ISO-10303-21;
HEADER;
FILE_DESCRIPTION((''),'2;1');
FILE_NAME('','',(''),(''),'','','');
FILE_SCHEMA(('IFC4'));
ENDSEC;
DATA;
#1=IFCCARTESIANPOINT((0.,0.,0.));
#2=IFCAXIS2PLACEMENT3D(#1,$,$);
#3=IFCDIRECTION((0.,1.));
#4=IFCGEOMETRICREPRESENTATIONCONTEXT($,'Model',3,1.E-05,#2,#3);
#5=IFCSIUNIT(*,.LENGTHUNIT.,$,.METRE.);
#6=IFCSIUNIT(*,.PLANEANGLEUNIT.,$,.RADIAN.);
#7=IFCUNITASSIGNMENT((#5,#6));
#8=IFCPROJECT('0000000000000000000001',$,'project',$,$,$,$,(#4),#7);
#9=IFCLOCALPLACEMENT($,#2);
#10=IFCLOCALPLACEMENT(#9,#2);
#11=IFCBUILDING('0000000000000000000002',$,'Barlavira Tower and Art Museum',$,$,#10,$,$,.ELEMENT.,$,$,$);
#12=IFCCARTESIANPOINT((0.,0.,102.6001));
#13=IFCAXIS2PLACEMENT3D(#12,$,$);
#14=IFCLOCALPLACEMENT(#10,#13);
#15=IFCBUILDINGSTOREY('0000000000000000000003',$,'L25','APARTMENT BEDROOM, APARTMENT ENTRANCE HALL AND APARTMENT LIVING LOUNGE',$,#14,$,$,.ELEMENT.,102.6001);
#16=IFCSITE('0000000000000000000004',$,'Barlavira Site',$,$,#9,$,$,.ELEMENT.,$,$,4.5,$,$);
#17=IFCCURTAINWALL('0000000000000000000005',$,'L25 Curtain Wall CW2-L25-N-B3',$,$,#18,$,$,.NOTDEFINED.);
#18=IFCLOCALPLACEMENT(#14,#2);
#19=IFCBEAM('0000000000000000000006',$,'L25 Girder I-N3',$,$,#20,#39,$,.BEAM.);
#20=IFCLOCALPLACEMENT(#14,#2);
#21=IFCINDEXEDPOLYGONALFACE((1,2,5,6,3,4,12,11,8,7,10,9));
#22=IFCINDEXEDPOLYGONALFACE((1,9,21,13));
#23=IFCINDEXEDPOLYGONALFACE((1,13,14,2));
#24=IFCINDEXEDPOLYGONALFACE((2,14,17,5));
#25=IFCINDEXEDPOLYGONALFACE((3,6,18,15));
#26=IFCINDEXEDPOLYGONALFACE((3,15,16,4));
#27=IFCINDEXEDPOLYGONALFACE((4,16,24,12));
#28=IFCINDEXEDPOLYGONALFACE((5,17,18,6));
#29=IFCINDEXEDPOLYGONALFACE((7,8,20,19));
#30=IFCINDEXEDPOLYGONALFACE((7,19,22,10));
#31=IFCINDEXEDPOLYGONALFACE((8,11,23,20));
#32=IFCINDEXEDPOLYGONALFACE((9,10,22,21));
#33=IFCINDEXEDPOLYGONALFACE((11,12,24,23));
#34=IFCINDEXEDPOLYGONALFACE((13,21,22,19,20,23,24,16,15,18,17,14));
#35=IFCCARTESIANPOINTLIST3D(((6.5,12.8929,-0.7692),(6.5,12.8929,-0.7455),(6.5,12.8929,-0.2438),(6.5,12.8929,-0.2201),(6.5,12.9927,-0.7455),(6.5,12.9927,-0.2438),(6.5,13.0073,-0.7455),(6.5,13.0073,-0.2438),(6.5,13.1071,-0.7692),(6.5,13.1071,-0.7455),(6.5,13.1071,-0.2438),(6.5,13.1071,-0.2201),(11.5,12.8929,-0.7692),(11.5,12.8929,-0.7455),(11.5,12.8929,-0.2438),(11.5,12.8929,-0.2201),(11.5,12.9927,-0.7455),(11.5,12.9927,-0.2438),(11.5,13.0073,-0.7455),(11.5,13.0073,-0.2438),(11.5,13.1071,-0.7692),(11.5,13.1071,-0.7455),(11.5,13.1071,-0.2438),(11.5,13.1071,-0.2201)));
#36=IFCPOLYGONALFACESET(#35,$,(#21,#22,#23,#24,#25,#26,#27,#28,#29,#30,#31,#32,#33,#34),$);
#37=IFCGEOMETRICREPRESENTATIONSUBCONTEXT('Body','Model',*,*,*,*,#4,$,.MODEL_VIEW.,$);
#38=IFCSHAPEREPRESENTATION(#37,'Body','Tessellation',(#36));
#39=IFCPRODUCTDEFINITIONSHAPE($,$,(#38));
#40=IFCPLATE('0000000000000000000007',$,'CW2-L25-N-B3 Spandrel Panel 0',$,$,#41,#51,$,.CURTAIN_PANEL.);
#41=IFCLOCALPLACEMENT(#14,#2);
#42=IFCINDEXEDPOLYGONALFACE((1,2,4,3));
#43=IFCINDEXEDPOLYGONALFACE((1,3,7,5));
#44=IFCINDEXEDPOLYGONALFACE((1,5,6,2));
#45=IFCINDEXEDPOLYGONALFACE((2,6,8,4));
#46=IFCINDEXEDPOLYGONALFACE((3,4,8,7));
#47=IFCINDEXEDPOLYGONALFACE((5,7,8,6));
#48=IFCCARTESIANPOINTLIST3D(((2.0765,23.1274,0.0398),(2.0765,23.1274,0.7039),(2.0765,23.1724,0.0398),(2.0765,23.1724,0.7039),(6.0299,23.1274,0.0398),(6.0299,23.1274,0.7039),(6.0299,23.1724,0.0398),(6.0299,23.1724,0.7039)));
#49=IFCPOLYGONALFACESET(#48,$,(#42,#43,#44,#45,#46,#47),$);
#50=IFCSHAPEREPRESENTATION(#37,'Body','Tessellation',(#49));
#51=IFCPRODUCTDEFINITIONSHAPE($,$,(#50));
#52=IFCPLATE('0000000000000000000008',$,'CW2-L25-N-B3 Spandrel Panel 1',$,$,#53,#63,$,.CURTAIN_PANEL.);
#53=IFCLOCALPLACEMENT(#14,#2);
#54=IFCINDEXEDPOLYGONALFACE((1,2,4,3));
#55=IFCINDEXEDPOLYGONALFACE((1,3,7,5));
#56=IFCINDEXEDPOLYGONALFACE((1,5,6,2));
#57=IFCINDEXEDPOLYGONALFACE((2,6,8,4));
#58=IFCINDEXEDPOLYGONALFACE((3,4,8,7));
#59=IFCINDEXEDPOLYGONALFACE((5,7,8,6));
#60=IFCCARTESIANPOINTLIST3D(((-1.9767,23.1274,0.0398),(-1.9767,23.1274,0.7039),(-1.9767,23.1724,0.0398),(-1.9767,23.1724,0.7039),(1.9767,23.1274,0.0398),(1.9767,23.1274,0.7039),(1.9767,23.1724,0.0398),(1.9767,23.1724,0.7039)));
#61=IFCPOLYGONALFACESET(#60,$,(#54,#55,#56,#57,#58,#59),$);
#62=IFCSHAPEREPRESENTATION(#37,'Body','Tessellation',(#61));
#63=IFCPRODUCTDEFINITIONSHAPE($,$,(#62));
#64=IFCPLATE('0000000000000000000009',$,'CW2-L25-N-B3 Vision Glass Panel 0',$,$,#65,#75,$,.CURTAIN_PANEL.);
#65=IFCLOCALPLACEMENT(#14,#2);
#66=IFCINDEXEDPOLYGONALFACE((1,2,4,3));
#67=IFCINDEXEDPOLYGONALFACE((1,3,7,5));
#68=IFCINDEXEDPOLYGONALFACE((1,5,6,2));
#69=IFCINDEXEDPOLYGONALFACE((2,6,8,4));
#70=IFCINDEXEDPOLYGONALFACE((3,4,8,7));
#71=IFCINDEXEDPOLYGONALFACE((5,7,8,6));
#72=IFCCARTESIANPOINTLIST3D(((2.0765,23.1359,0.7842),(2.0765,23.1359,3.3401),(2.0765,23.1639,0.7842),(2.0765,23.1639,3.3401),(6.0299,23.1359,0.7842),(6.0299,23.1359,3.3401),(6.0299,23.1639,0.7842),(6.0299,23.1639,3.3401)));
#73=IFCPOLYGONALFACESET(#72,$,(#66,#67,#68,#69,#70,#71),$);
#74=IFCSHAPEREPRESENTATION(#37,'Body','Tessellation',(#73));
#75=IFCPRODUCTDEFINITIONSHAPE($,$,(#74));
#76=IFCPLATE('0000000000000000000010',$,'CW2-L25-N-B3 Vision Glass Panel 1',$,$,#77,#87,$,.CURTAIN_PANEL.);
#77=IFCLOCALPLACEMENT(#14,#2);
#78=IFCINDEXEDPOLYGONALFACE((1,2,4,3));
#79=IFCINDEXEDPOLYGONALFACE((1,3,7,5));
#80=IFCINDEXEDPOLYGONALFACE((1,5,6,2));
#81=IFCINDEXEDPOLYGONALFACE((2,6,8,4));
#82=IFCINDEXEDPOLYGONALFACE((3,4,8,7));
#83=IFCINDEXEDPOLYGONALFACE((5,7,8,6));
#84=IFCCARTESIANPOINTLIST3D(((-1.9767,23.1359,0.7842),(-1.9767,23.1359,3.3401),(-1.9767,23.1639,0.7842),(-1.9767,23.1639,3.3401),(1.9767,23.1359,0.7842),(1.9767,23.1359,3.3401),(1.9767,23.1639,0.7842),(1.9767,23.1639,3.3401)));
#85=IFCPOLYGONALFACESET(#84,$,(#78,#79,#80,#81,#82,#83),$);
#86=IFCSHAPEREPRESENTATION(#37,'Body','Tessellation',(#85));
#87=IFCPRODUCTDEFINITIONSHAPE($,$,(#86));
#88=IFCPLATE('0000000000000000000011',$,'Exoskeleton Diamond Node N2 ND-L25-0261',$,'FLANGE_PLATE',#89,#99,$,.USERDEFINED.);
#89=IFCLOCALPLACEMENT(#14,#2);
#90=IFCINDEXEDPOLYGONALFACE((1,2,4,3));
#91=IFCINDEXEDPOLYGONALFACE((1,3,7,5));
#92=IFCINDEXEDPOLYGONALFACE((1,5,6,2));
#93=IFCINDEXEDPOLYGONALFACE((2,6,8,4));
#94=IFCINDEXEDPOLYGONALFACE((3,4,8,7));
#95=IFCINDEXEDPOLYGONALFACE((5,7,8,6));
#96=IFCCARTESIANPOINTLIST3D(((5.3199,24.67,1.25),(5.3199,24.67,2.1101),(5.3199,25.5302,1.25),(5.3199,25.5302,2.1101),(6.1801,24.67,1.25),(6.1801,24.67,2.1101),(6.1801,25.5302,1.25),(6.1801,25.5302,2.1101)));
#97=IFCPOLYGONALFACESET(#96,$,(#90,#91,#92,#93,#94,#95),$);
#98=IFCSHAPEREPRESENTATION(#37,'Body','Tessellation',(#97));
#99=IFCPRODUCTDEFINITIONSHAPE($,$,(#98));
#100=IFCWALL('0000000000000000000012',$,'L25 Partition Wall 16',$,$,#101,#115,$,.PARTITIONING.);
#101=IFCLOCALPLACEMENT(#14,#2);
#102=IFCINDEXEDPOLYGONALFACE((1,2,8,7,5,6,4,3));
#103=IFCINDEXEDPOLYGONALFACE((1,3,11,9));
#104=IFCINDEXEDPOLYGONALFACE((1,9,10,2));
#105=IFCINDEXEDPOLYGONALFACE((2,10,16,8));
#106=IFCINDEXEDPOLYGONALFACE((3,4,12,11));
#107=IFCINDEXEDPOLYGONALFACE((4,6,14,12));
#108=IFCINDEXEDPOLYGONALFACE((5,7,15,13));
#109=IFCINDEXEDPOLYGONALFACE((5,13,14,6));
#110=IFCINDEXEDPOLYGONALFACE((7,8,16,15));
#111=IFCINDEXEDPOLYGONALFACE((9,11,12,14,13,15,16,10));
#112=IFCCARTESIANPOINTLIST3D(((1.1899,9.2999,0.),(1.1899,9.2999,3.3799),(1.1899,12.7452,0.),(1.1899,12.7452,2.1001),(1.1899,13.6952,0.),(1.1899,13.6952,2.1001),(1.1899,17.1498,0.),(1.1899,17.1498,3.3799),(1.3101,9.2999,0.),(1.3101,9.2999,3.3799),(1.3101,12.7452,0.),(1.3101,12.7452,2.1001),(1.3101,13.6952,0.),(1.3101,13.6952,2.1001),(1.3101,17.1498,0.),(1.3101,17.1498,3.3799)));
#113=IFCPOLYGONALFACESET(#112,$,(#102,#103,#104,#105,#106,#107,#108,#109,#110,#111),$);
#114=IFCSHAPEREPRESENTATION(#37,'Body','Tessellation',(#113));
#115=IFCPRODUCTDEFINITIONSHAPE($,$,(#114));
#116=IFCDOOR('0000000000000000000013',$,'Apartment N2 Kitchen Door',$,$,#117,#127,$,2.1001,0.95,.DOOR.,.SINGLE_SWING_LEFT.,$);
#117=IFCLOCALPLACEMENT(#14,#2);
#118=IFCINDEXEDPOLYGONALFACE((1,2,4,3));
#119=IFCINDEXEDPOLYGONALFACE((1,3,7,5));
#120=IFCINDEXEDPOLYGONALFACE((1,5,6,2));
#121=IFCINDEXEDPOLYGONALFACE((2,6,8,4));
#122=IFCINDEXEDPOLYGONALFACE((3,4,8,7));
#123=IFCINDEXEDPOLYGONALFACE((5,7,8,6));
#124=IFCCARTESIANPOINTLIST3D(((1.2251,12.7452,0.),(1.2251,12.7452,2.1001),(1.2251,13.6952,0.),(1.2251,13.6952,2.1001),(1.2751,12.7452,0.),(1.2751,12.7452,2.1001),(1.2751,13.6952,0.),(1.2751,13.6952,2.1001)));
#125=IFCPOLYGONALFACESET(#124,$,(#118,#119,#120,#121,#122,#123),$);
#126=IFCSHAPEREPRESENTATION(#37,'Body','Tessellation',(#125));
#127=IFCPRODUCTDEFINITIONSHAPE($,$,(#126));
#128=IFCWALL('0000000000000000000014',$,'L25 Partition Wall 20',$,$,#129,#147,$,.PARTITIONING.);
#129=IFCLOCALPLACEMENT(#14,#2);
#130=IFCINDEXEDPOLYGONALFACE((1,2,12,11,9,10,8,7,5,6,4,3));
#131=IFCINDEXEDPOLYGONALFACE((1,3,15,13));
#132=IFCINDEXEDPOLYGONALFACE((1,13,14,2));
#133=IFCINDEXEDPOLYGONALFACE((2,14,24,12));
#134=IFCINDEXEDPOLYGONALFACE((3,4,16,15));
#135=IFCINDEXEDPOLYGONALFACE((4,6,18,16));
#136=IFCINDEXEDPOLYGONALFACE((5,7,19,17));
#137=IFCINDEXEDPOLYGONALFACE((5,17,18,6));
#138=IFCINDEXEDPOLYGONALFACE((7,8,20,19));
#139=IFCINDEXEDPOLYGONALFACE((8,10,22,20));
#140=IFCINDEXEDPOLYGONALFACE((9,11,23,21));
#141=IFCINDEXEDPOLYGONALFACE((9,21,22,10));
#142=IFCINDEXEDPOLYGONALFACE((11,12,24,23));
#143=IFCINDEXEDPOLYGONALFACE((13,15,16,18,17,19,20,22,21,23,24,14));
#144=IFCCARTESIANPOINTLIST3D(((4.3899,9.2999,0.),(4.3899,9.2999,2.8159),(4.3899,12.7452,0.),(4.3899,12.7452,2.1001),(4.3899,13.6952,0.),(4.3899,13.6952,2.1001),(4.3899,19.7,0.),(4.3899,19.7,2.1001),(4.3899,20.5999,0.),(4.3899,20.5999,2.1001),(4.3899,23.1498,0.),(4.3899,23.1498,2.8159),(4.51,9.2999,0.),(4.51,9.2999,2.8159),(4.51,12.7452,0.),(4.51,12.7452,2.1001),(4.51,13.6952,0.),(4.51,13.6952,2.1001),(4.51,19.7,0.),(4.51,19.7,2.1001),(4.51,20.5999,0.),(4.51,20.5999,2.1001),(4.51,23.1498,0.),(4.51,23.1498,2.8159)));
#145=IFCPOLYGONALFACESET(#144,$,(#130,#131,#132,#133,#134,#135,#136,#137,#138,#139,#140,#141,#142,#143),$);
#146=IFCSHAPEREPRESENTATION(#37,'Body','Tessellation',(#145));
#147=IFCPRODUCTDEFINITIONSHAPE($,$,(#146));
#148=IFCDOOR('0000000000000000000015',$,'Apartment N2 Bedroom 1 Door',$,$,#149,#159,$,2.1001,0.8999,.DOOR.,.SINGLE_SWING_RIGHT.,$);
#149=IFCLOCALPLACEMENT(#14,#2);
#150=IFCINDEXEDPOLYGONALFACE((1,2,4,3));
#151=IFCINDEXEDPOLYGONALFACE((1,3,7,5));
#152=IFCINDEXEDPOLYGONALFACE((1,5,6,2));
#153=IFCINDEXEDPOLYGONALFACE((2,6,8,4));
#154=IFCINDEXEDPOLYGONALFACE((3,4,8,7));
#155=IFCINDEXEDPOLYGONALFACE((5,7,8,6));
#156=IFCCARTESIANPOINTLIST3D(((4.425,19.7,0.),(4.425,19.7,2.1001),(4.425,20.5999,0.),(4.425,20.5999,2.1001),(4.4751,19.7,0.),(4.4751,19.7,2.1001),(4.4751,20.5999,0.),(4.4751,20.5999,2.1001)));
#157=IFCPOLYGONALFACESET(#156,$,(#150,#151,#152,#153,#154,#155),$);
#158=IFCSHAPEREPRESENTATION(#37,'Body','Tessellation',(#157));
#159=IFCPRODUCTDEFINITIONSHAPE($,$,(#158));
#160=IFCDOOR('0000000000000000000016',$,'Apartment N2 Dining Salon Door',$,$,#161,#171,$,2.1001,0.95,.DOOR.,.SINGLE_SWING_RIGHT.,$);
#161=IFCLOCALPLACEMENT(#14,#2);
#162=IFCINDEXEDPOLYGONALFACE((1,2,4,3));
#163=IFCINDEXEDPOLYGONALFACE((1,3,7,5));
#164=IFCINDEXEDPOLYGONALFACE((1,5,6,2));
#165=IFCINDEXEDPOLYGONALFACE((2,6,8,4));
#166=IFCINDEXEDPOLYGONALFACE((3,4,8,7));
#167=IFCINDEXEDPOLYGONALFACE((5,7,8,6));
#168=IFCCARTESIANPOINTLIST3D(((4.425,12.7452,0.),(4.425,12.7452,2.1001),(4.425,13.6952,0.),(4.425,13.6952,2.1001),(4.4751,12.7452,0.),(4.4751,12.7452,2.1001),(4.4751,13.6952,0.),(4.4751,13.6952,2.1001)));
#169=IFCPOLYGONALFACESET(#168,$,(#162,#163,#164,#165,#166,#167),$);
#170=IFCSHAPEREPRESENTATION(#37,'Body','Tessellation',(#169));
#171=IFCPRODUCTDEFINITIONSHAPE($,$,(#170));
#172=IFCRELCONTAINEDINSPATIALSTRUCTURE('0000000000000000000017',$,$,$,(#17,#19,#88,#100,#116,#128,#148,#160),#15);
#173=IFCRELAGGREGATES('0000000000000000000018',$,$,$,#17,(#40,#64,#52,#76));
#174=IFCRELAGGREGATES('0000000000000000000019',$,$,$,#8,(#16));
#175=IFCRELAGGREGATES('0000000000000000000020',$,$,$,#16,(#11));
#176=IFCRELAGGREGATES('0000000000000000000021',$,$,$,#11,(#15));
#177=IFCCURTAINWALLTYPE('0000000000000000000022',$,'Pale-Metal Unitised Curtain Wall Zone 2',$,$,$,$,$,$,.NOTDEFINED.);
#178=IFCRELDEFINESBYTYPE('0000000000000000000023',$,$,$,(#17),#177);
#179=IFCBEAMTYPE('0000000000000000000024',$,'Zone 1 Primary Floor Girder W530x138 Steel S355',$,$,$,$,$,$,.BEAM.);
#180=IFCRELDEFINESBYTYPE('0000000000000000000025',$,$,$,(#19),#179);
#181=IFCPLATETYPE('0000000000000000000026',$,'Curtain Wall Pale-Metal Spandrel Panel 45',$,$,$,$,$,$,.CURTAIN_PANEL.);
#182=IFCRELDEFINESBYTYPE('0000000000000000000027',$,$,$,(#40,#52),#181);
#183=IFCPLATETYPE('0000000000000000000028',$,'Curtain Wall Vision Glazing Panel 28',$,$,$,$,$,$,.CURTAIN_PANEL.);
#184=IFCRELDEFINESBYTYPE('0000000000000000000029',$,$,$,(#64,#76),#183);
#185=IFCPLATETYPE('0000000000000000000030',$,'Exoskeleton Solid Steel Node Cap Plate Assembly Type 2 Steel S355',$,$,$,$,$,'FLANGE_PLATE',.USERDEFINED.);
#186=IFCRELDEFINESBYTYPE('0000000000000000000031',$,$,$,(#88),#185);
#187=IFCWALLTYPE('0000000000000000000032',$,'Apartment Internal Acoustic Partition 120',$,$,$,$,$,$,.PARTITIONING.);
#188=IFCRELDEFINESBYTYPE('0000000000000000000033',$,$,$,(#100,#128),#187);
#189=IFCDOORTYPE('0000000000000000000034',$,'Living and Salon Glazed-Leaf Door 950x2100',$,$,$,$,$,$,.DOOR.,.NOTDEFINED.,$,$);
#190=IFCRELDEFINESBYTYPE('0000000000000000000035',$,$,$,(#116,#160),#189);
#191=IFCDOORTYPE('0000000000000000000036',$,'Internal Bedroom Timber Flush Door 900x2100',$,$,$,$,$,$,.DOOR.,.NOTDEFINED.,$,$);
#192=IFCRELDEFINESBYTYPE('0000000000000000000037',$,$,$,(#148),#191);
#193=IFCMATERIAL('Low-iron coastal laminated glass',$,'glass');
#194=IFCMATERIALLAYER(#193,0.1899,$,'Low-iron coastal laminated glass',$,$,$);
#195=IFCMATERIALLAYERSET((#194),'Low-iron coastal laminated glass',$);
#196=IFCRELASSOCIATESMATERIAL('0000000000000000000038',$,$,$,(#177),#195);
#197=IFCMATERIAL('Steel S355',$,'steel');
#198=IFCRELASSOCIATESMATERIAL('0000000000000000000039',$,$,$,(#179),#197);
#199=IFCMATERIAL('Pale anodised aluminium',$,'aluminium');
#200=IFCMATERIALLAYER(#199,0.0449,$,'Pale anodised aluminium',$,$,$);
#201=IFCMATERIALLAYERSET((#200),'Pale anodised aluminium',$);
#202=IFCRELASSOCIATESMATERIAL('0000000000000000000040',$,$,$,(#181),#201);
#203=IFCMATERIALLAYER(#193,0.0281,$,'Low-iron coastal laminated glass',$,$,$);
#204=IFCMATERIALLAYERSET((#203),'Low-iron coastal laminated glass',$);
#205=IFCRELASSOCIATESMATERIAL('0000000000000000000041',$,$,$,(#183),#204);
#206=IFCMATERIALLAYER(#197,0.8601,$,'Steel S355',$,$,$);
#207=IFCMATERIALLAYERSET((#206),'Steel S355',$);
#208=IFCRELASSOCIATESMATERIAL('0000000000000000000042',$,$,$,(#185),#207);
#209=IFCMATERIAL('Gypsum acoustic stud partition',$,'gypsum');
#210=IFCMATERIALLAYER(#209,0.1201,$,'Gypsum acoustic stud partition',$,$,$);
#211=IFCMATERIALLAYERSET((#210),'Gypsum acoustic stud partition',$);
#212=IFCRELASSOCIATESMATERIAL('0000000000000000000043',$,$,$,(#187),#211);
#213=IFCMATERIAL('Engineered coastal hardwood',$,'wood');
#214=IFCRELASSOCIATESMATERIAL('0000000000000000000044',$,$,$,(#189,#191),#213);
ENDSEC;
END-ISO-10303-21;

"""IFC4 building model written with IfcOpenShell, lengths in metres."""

from ifc_helpers import new_model, si_unit, direction, frame, frame_2d, origin, origin_2d, place, context, subcontext, project, spatial, rectangle, i_section, extrude, material, layer, layer_set, material_profile, profile_set, type_object, element, fill, aggregate, save


model = new_model("IFC4")

# Units and contexts
model_context = context("Model", 3, precision=1e-05, world=origin(), true_north=direction((0.0, 1.0)))
body_context = subcontext(model_context, "Body", "Model", "MODEL_VIEW")
ifc_project = project(units=[si_unit("LENGTHUNIT", "METRE"), si_unit("PLANEANGLEUNIT", "RADIAN")], contexts=[model_context])

# Site, building, storey
site_placement = place(None, origin())
site = spatial("IfcSite", under=ifc_project, at=site_placement, Name="Barlavira Site", CompositionType="ELEMENT", RefElevation=4.5)
building_placement = place(site_placement, origin())
building = spatial("IfcBuilding", under=site, at=building_placement, Name="Barlavira Tower and Art Museum", CompositionType="ELEMENT")
storey_placement = place(building_placement, frame((0.0, 0.0, 102.6001)))
storey = spatial("IfcBuildingStorey", under=building, at=storey_placement, Name="L25", Description="APARTMENT BEDROOM, APARTMENT ENTRANCE HALL AND APARTMENT LIVING LOUNGE", CompositionType="ELEMENT", Elevation=102.6001)

# Curtain wall
ifc_material_1 = material(Name="Low-iron coastal laminated glass", Category="glass")
ifc_layer_1 = layer(ifc_material_1, 0.1899, Name="Low-iron coastal laminated glass")
ifc_layer_set_1 = layer_set([ifc_layer_1], Name="Low-iron coastal laminated glass")
curtain_wall_type = type_object("IfcCurtainWallType", Name="Pale-Metal Unitised Curtain Wall Zone 2", PredefinedType="NOTDEFINED", material=ifc_layer_set_1)
curtain_wall_placement = place(storey_placement, origin())
curtain_wall = element("IfcCurtainWall", 1, at=curtain_wall_placement, inside=storey, type_object=curtain_wall_type, Name="L25 Curtain Wall CW2-L25-N-B3", PredefinedType="NOTDEFINED")
ifc_material_2 = material(Name="Pale anodised aluminium", Category="aluminium")

# Beam
ifc_material_3 = material(Name="Steel S355", Category="steel")
ifc_material_profile_1 = material_profile(ifc_material_3, i_section(OverallWidth=0.2141, OverallDepth=0.5491, WebThickness=0.0146, FlangeThickness=0.0237, at=origin_2d()), Name="W530x138.0")
ifc_profile_set_1 = profile_set([ifc_material_profile_1], Name="Steel S355")
beam_type = type_object("IfcBeamType", Name="Zone 1 Primary Floor Girder W530x138 Steel S355", PredefinedType="BEAM", material=ifc_profile_set_1)
beam_placement = place(storey_placement, frame((6.5, 13.0, -0.4946), z_axis=(1.0, 0.0, 0.0), x_axis=(0.0, 1.0, 0.0)))
element("IfcBeam", 2, at=beam_placement, inside=storey, type_object=beam_type, Name="L25 Girder I-N3", PredefinedType="BEAM", context=body_context, shape_type="SweptSolid", body=[
    extrude(i_section(OverallWidth=0.2141, OverallDepth=0.5491, WebThickness=0.0146, FlangeThickness=0.0237, at=origin_2d()), origin(), (0.0, 0.0, 1.0), 5.0),
])

# Plates
ifc_layer_2 = layer(ifc_material_2, 0.0449, Name="Pale anodised aluminium")
ifc_layer_set_2 = layer_set([ifc_layer_2], Name="Pale anodised aluminium")
plate_type_1 = type_object("IfcPlateType", Name="Curtain Wall Pale-Metal Spandrel Panel 45", PredefinedType="CURTAIN_PANEL", material=ifc_layer_set_2)
plate_1_placement = place(storey_placement, frame((4.0532, 23.1499, 0.0398), z_axis=(0.0, 0.0, 1.0), x_axis=(-1.0, 0.0, 0.0)))
plate_1 = element("IfcPlate", 3, at=plate_1_placement, type_object=plate_type_1, Name="CW2-L25-N-B3 Spandrel Panel 0", PredefinedType="CURTAIN_PANEL", context=body_context, shape_type="SweptSolid", body=[
    extrude(rectangle(XDim=3.9534, YDim=0.0449, at=origin_2d()), origin(), (0.0, 0.0, 1.0), 0.6641),
])
plate_2_placement = place(storey_placement, frame((0.0, 23.1499, 0.0398), z_axis=(0.0, 0.0, 1.0), x_axis=(-1.0, 0.0, 0.0)))
plate_2 = element("IfcPlate", 4, at=plate_2_placement, type_object=plate_type_1, Name="CW2-L25-N-B3 Spandrel Panel 1", PredefinedType="CURTAIN_PANEL", context=body_context, shape_type="SweptSolid", body=[
    extrude(rectangle(XDim=3.9534, YDim=0.0449, at=origin_2d()), origin(), (0.0, 0.0, 1.0), 0.6641),
])
ifc_layer_3 = layer(ifc_material_1, 0.0281, Name="Low-iron coastal laminated glass")
ifc_layer_set_3 = layer_set([ifc_layer_3], Name="Low-iron coastal laminated glass")
plate_type_2 = type_object("IfcPlateType", Name="Curtain Wall Vision Glazing Panel 28", PredefinedType="CURTAIN_PANEL", material=ifc_layer_set_3)
plate_3_placement = place(storey_placement, frame((4.0532, 23.1499, 0.7842), z_axis=(0.0, 0.0, 1.0), x_axis=(-1.0, 0.0, 0.0)))
plate_3 = element("IfcPlate", 5, at=plate_3_placement, type_object=plate_type_2, Name="CW2-L25-N-B3 Vision Glass Panel 0", PredefinedType="CURTAIN_PANEL", context=body_context, shape_type="SweptSolid", body=[
    extrude(rectangle(XDim=3.9534, YDim=0.0281, at=origin_2d()), origin(), (0.0, 0.0, 1.0), 2.5559),
])
plate_4_placement = place(storey_placement, frame((0.0, 23.1499, 0.7842), z_axis=(0.0, 0.0, 1.0), x_axis=(-1.0, 0.0, 0.0)))
plate_4 = element("IfcPlate", 6, at=plate_4_placement, type_object=plate_type_2, Name="CW2-L25-N-B3 Vision Glass Panel 1", PredefinedType="CURTAIN_PANEL", context=body_context, shape_type="SweptSolid", body=[
    extrude(rectangle(XDim=3.9534, YDim=0.0281, at=origin_2d()), origin(), (0.0, 0.0, 1.0), 2.5559),
])
aggregate(curtain_wall, [plate_1, plate_3, plate_2, plate_4])
ifc_layer_4 = layer(ifc_material_3, 0.8601, Name="Steel S355")
ifc_layer_set_4 = layer_set([ifc_layer_4], Name="Steel S355")
plate_type_3 = type_object("IfcPlateType", Name="Exoskeleton Solid Steel Node Cap Plate Assembly Type 2 Steel S355", ElementType="FLANGE_PLATE", PredefinedType="USERDEFINED", material=ifc_layer_set_4)
plate_5_placement = place(storey_placement, frame((5.75, 25.1001, 1.25), z_axis=(0.0, 0.0, 1.0), x_axis=(1.0, 0.0, 0.0)))
element("IfcPlate", 7, at=plate_5_placement, inside=storey, type_object=plate_type_3, Name="Exoskeleton Diamond Node N2 ND-L25-0261", ObjectType="FLANGE_PLATE", PredefinedType="USERDEFINED", context=body_context, shape_type="SweptSolid", body=[
    extrude(rectangle(XDim=0.8601, YDim=0.8601, at=origin_2d()), origin(), (0.0, 0.0, 1.0), 0.8601),
])

# Wall, opening, door
ifc_material_4 = material(Name="Gypsum acoustic stud partition", Category="gypsum")
ifc_layer_5 = layer(ifc_material_4, 0.1201, Name="Gypsum acoustic stud partition")
ifc_layer_set_5 = layer_set([ifc_layer_5], Name="Gypsum acoustic stud partition")
wall_type_1 = type_object("IfcWallType", Name="Apartment Internal Acoustic Partition 120", PredefinedType="PARTITIONING", material=ifc_layer_set_5)
wall_1_placement = place(storey_placement, frame((1.25, 9.3, 0.0), z_axis=(0.0, 0.0, 1.0), x_axis=(0.0, 1.0, 0.0)))
wall_1 = element("IfcWall", 8, at=wall_1_placement, inside=storey, type_object=wall_type_1, Name="L25 Partition Wall 16", PredefinedType="PARTITIONING", context=body_context, shape_type="SweptSolid", body=[
    extrude(rectangle(XDim=7.8499, YDim=0.1201, at=frame_2d((3.9248, 0.0))), origin(), (0.0, 0.0, 1.0), 3.3799),
])
opening_1_placement = place(wall_1_placement, frame((3.4451, 0.0, 0.0)))
opening_1 = element("IfcOpeningElement", 9, at=opening_1_placement, cuts=wall_1, PredefinedType="OPENING", context=body_context, shape_type="SweptSolid", body=[
    extrude(rectangle(XDim=0.95, YDim=2.1001, at=frame_2d((0.4751, 1.05))), frame((0.0, 0.0701, 0.0), z_axis=(0.0, -1.0, 0.0), x_axis=(1.0, 0.0, 0.0)), (0.0, 0.0, 1.0), 0.1401),
])
ifc_material_5 = material(Name="Engineered coastal hardwood", Category="wood")
door_type_1 = type_object("IfcDoorType", Name="Living and Salon Glazed-Leaf Door 950x2100", OperationType="NOTDEFINED", PredefinedType="DOOR", material=ifc_material_5)
door_1_placement = place(opening_1_placement, origin())
door_1 = element("IfcDoor", 10, at=door_1_placement, inside=storey, type_object=door_type_1, Name="Apartment N2 Kitchen Door", OperationType="SINGLE_SWING_LEFT", OverallHeight=2.1001, OverallWidth=0.95, PredefinedType="DOOR", context=body_context, shape_type="SweptSolid", body=[
    extrude(rectangle(XDim=0.95, YDim=2.1001, at=frame_2d((0.4751, 1.05))), frame((0.0, 0.0249, 0.0), z_axis=(0.0, -1.0, 0.0), x_axis=(1.0, 0.0, 0.0)), (0.0, 0.0, 1.0), 0.05),
])
fill(opening_1, door_1)

# Wall, openings, doors
wall_2_placement = place(storey_placement, frame((4.45, 9.3, 0.0), z_axis=(0.0, 0.0, 1.0), x_axis=(0.0, 1.0, 0.0)))
wall_2 = element("IfcWall", 11, at=wall_2_placement, inside=storey, type_object=wall_type_1, Name="L25 Partition Wall 20", PredefinedType="PARTITIONING", context=body_context, shape_type="SweptSolid", body=[
    extrude(rectangle(XDim=13.8499, YDim=0.1201, at=frame_2d((6.9248, 0.0))), origin(), (0.0, 0.0, 1.0), 2.8159),
])
opening_2_placement = place(wall_2_placement, frame((3.4451, 0.0, 0.0)))
opening_2 = element("IfcOpeningElement", 12, at=opening_2_placement, cuts=wall_2, PredefinedType="OPENING", context=body_context, shape_type="SweptSolid", body=[
    extrude(rectangle(XDim=0.95, YDim=2.1001, at=frame_2d((0.4751, 1.05))), frame((0.0, 0.0701, 0.0), z_axis=(0.0, -1.0, 0.0), x_axis=(1.0, 0.0, 0.0)), (0.0, 0.0, 1.0), 0.1401),
])
opening_3_placement = place(wall_2_placement, frame((10.3999, 0.0, 0.0)))
opening_3 = element("IfcOpeningElement", 13, at=opening_3_placement, cuts=wall_2, PredefinedType="OPENING", context=body_context, shape_type="SweptSolid", body=[
    extrude(rectangle(XDim=0.8999, YDim=2.1001, at=frame_2d((0.45, 1.05))), frame((0.0, 0.0701, 0.0), z_axis=(0.0, -1.0, 0.0), x_axis=(1.0, 0.0, 0.0)), (0.0, 0.0, 1.0), 0.1401),
])
door_type_2 = type_object("IfcDoorType", Name="Internal Bedroom Timber Flush Door 900x2100", OperationType="NOTDEFINED", PredefinedType="DOOR", material=ifc_material_5)
door_2_placement = place(opening_3_placement, origin())
door_2 = element("IfcDoor", 14, at=door_2_placement, inside=storey, type_object=door_type_2, Name="Apartment N2 Bedroom 1 Door", OperationType="SINGLE_SWING_RIGHT", OverallHeight=2.1001, OverallWidth=0.8999, PredefinedType="DOOR", context=body_context, shape_type="SweptSolid", body=[
    extrude(rectangle(XDim=0.8999, YDim=2.1001, at=frame_2d((0.45, 1.05))), frame((0.0, 0.0249, 0.0), z_axis=(0.0, -1.0, 0.0), x_axis=(1.0, 0.0, 0.0)), (0.0, 0.0, 1.0), 0.05),
])
fill(opening_3, door_2)
door_3_placement = place(opening_2_placement, origin())
door_3 = element("IfcDoor", 15, at=door_3_placement, inside=storey, type_object=door_type_1, Name="Apartment N2 Dining Salon Door", OperationType="SINGLE_SWING_RIGHT", OverallHeight=2.1001, OverallWidth=0.95, PredefinedType="DOOR", context=body_context, shape_type="SweptSolid", body=[
    extrude(rectangle(XDim=0.95, YDim=2.1001, at=frame_2d((0.4751, 1.05))), frame((0.0, 0.0249, 0.0), z_axis=(0.0, -1.0, 0.0), x_axis=(1.0, 0.0, 0.0)), (0.0, 0.0, 1.0), 0.05),
])
fill(opening_2, door_3)

save(model, "model.ifc")
